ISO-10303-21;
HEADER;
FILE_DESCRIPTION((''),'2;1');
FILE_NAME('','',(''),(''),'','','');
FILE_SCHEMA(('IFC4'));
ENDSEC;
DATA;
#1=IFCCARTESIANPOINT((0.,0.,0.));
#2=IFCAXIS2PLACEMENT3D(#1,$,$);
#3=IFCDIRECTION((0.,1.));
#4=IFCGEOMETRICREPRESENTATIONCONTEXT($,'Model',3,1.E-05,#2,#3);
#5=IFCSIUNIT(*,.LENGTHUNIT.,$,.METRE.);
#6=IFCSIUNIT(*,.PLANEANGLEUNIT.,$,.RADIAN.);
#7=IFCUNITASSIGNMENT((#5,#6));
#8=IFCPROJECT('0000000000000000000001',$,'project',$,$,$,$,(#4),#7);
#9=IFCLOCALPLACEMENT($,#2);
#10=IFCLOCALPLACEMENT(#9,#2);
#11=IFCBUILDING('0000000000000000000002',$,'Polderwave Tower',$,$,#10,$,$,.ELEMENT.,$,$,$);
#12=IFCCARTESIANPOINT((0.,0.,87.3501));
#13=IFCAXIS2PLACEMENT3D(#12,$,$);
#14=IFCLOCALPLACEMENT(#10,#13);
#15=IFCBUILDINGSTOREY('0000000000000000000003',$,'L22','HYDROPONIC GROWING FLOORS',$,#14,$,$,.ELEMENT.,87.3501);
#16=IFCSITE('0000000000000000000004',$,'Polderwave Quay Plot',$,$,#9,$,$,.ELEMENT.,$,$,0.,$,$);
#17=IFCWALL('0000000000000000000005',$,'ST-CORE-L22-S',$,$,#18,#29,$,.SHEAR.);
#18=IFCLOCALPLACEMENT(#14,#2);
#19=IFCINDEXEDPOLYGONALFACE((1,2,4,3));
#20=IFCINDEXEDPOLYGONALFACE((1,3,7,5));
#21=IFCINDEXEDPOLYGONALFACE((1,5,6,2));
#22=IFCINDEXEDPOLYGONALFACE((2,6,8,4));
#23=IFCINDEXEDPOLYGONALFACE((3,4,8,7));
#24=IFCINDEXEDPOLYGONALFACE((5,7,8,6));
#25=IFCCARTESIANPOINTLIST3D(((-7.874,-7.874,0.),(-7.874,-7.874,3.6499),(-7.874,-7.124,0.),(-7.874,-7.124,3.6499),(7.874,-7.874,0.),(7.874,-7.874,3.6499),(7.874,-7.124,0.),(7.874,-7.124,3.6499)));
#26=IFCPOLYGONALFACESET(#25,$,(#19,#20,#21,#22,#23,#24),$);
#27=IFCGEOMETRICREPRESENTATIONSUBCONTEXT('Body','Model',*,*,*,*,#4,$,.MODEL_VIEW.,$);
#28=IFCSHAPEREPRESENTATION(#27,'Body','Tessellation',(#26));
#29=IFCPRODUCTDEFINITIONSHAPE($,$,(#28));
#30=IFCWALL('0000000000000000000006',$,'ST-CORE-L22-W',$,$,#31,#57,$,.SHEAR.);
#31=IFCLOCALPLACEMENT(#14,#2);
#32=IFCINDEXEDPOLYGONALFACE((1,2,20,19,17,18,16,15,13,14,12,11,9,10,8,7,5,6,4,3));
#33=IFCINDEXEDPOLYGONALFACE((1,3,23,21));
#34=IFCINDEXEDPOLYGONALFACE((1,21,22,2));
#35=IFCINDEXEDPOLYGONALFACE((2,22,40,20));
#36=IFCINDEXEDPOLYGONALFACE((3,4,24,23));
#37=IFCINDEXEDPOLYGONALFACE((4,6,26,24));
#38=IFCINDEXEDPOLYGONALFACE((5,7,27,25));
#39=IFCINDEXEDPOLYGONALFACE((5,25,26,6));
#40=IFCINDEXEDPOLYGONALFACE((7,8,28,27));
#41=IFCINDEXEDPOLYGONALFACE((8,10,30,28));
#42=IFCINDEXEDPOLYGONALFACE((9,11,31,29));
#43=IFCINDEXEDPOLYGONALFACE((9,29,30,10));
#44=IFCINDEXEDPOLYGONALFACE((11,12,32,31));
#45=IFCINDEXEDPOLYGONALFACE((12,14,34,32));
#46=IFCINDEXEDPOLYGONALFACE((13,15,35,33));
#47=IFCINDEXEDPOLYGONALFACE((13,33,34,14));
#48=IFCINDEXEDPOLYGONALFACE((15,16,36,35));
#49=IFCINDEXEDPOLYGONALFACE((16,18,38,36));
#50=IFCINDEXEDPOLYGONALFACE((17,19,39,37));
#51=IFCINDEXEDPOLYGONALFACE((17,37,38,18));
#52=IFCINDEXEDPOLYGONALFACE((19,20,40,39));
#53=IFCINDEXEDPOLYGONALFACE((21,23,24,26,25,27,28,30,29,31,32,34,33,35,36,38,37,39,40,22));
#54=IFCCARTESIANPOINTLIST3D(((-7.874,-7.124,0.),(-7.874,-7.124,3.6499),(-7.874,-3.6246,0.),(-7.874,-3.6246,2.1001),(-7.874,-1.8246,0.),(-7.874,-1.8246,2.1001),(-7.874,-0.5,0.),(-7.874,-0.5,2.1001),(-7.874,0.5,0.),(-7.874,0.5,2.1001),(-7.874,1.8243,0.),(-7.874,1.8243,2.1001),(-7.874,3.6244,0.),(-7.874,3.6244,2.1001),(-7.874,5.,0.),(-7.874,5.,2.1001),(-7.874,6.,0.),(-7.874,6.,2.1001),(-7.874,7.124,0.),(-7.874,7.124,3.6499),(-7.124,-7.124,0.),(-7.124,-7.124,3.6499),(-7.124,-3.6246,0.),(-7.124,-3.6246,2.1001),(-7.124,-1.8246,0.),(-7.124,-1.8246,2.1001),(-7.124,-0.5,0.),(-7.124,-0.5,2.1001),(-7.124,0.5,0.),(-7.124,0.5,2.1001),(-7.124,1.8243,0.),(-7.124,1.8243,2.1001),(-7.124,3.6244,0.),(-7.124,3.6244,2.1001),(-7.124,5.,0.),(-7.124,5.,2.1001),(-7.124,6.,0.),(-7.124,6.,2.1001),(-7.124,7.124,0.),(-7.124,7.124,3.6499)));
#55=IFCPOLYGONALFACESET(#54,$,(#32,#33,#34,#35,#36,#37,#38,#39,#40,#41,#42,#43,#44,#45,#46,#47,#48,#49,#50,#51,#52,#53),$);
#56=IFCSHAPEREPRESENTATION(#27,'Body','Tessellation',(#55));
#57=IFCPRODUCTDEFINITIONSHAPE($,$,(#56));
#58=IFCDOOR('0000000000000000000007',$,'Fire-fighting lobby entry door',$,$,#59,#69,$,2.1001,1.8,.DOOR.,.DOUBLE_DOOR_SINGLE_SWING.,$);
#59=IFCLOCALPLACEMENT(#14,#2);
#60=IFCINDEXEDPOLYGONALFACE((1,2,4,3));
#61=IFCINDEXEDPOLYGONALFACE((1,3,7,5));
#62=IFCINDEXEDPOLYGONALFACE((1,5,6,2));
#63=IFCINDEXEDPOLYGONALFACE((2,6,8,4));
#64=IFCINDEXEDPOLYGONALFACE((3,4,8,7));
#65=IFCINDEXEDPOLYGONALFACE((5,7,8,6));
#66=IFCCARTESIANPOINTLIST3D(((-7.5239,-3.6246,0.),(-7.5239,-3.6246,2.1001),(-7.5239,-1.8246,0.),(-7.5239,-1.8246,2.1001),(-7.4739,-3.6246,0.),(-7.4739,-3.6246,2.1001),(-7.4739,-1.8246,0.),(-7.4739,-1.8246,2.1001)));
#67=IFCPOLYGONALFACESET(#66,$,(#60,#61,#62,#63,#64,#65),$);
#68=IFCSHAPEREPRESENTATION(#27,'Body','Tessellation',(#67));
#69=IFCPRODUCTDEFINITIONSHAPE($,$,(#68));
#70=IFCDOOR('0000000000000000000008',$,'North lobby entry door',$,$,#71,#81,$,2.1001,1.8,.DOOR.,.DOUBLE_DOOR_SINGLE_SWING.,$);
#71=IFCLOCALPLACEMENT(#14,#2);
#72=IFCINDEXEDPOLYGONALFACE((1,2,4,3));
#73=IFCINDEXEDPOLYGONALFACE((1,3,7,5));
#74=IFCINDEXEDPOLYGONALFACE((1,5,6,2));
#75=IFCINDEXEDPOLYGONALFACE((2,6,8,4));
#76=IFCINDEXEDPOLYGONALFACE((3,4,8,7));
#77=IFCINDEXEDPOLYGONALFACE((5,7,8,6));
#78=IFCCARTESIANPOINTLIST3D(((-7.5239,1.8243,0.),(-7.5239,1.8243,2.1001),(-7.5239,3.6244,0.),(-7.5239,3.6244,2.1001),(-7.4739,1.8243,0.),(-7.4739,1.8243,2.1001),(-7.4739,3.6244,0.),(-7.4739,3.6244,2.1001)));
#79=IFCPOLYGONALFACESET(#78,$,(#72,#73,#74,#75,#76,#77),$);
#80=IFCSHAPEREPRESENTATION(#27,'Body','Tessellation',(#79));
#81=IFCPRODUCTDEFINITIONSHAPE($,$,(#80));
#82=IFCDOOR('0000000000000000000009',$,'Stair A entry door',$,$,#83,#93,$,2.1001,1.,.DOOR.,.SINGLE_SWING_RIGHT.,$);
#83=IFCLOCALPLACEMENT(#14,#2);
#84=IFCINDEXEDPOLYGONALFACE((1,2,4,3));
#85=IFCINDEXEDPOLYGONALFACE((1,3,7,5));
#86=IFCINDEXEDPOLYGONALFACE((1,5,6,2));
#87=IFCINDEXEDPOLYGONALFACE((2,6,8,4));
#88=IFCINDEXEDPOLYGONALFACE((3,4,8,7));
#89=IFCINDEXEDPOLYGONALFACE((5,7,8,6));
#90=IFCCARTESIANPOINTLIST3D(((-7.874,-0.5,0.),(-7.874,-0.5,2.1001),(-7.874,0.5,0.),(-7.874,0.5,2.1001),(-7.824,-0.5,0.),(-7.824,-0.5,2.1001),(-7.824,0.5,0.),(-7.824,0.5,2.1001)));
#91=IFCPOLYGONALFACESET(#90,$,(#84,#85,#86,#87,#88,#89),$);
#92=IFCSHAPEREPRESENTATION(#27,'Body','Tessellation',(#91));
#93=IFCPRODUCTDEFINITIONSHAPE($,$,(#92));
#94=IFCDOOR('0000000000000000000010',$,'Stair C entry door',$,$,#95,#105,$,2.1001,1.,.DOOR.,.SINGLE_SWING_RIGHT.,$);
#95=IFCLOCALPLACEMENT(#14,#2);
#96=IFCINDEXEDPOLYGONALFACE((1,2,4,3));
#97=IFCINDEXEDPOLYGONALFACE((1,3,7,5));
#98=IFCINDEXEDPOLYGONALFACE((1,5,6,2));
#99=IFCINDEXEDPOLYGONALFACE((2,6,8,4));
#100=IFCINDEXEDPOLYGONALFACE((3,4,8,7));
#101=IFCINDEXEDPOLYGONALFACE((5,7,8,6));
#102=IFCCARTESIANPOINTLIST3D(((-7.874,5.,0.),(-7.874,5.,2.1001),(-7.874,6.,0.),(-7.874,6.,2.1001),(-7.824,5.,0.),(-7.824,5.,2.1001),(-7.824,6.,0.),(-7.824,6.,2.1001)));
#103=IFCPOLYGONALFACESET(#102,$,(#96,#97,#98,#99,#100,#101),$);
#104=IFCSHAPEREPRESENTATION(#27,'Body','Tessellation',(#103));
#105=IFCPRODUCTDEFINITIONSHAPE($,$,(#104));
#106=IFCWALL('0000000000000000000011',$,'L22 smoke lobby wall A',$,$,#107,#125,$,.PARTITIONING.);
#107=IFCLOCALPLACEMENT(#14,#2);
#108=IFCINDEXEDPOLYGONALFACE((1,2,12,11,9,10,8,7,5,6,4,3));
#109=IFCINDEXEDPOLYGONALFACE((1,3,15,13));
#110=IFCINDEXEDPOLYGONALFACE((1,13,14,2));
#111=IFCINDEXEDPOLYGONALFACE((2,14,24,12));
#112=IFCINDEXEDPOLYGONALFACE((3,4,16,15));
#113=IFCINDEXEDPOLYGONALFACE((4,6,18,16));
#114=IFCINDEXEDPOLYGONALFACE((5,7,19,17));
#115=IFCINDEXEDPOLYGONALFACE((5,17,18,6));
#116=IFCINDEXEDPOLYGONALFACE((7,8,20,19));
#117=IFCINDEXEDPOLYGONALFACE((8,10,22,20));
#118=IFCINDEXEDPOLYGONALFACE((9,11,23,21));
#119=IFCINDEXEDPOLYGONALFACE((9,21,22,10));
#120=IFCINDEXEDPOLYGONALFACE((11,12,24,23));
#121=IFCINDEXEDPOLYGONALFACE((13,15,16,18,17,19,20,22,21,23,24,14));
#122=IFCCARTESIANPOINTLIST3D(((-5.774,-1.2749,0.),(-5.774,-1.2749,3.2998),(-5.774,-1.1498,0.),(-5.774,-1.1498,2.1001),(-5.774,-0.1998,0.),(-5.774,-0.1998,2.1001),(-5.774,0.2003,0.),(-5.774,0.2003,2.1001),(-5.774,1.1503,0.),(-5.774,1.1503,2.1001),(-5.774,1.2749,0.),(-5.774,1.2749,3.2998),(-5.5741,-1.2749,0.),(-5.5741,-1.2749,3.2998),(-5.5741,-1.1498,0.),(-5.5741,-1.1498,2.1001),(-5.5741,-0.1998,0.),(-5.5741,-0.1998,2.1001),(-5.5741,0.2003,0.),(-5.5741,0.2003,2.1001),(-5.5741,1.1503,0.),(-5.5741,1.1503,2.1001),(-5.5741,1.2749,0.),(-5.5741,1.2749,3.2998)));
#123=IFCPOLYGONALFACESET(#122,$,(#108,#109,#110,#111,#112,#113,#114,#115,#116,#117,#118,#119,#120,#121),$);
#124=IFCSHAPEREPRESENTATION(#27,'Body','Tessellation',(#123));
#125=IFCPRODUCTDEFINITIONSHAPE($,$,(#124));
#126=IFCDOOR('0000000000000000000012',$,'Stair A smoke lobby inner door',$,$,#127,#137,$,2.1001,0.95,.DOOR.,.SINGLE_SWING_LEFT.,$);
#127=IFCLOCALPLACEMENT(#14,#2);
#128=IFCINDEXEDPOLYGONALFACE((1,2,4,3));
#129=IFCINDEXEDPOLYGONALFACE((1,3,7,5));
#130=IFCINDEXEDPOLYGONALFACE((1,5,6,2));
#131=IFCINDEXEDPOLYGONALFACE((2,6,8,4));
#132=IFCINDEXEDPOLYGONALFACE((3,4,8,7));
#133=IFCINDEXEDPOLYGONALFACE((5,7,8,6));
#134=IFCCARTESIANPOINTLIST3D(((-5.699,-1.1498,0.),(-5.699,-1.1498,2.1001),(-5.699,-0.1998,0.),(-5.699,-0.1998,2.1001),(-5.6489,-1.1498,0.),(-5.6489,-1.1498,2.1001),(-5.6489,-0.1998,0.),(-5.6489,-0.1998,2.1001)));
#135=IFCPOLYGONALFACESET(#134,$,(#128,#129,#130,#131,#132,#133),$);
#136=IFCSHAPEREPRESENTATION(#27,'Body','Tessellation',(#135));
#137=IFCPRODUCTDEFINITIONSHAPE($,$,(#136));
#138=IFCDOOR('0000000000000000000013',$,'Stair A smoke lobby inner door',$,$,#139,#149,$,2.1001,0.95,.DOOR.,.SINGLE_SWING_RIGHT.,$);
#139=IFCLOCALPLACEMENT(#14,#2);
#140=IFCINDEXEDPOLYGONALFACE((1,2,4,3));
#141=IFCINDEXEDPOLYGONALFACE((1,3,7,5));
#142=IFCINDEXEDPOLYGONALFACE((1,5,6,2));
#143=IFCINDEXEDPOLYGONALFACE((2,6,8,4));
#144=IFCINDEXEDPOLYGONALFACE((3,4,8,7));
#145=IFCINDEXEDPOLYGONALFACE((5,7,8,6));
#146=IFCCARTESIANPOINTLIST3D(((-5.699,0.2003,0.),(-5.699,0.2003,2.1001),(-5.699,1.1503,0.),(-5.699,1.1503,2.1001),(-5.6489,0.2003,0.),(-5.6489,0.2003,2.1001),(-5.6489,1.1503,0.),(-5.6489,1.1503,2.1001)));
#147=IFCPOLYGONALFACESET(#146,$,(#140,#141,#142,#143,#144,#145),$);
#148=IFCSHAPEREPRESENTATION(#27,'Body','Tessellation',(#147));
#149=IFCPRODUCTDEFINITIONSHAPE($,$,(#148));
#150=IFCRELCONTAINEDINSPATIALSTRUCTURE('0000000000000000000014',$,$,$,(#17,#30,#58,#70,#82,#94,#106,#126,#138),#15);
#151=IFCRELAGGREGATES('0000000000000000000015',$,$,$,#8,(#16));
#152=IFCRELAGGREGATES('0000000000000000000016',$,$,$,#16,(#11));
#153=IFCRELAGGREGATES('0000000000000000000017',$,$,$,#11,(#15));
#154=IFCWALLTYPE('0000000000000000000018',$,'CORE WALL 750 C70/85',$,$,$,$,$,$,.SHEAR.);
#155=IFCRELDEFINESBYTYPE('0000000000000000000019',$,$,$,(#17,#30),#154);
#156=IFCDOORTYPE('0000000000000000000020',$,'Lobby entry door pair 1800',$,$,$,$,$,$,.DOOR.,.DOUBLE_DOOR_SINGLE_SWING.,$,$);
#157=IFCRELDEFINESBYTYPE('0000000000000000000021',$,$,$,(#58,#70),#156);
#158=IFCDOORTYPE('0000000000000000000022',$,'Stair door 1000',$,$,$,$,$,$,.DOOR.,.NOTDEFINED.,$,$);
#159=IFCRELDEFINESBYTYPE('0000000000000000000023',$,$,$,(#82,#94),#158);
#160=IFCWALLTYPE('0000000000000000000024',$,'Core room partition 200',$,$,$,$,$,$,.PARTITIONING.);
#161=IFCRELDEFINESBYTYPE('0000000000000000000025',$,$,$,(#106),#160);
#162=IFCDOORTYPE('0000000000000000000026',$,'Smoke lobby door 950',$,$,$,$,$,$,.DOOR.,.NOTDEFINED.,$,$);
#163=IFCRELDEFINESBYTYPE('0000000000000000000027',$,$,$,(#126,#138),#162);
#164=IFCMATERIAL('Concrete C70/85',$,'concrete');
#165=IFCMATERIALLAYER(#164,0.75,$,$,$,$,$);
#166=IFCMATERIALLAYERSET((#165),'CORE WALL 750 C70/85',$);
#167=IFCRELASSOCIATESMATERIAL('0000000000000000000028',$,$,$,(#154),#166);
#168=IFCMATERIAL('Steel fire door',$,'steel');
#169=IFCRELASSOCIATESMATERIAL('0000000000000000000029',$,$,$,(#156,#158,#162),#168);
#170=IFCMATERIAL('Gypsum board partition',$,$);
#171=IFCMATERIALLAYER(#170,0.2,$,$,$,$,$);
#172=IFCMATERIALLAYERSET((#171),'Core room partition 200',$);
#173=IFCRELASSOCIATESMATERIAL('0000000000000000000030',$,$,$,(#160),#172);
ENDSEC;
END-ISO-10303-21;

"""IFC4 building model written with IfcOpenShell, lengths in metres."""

from ifc_helpers import new_model, si_unit, direction, frame, frame_2d, origin, place, context, subcontext, project, spatial, rectangle, extrude, material, layer, layer_set, type_object, element, fill, save


model = new_model("IFC4")

# Units and contexts
model_context = context("Model", 3, precision=1e-05, world=origin(), true_north=direction((0.0, 1.0)))
body_context = subcontext(model_context, "Body", "Model", "MODEL_VIEW")
ifc_project = project(units=[si_unit("LENGTHUNIT", "METRE"), si_unit("PLANEANGLEUNIT", "RADIAN")], contexts=[model_context])

# Site, building, storey
site_placement = place(None, origin())
site = spatial("IfcSite", under=ifc_project, at=site_placement, Name="Polderwave Quay Plot", CompositionType="ELEMENT", RefElevation=0.0)
building_placement = place(site_placement, origin())
building = spatial("IfcBuilding", under=site, at=building_placement, Name="Polderwave Tower", CompositionType="ELEMENT")
storey_placement = place(building_placement, frame((0.0, 0.0, 87.3501)))
storey = spatial("IfcBuildingStorey", under=building, at=storey_placement, Name="L22", Description="HYDROPONIC GROWING FLOORS", CompositionType="ELEMENT", Elevation=87.3501)

# Wall
ifc_material_1 = material(Name="Concrete C70/85", Category="concrete")
ifc_layer_1 = layer(ifc_material_1, 0.75)
ifc_layer_set_1 = layer_set([ifc_layer_1], Name="CORE WALL 750 C70/85")
wall_type_1 = type_object("IfcWallType", Name="CORE WALL 750 C70/85", PredefinedType="SHEAR", material=ifc_layer_set_1)
wall_1_placement = place(storey_placement, frame((-7.874, -7.499, 0.0), z_axis=(0.0, 0.0, 1.0), x_axis=(1.0, 0.0, 0.0)))
element("IfcWall", 1, at=wall_1_placement, inside=storey, type_object=wall_type_1, Name="ST-CORE-L22-S", PredefinedType="SHEAR", context=body_context, shape_type="SweptSolid", body=[
    extrude(rectangle(XDim=15.748, YDim=0.75, at=frame_2d((7.874, 0.0))), origin(), (0.0, 0.0, 1.0), 3.6499),
])

# Walls, openings, doors
wall_2_placement = place(storey_placement, frame((-7.499, -7.124, 0.0), z_axis=(0.0, 0.0, 1.0), x_axis=(0.0, 1.0, 0.0)))
wall_2 = element("IfcWall", 2, at=wall_2_placement, inside=storey, type_object=wall_type_1, Name="ST-CORE-L22-W", PredefinedType="SHEAR", context=body_context, shape_type="SweptSolid", body=[
    extrude(rectangle(XDim=14.248, YDim=0.75, at=frame_2d((7.124, 0.0))), origin(), (0.0, 0.0, 1.0), 3.6499),
])
opening_1_placement = place(wall_2_placement, frame((6.624, 0.0, 0.0)))
opening_1 = element("IfcOpeningElement", 3, at=opening_1_placement, cuts=wall_2, PredefinedType="OPENING", context=body_context, shape_type="SweptSolid", body=[
    extrude(rectangle(XDim=1.0, YDim=2.1001, at=frame_2d((0.5, 1.05))), frame((0.0, 0.385, 0.0), z_axis=(0.0, -1.0, 0.0), x_axis=(1.0, 0.0, 0.0)), (0.0, 0.0, 1.0), 0.77),
])
opening_2_placement = place(wall_2_placement, frame((3.4995, 0.0, 0.0)))
opening_2 = element("IfcOpeningElement", 4, at=opening_2_placement, cuts=wall_2, PredefinedType="OPENING", context=body_context, shape_type="SweptSolid", body=[
    extrude(rectangle(XDim=1.8, YDim=2.1001, at=frame_2d((0.8999, 1.05))), frame((0.0, 0.385, 0.0), z_axis=(0.0, -1.0, 0.0), x_axis=(1.0, 0.0, 0.0)), (0.0, 0.0, 1.0), 0.77),
])
opening_3_placement = place(wall_2_placement, frame((8.9485, 0.0, 0.0)))
opening_3 = element("IfcOpeningElement", 5, at=opening_3_placement, cuts=wall_2, PredefinedType="OPENING", context=body_context, shape_type="SweptSolid", body=[
    extrude(rectangle(XDim=1.8, YDim=2.1001, at=frame_2d((0.8999, 1.05))), frame((0.0, 0.385, 0.0), z_axis=(0.0, -1.0, 0.0), x_axis=(1.0, 0.0, 0.0)), (0.0, 0.0, 1.0), 0.77),
])
opening_4_placement = place(wall_2_placement, frame((12.124, 0.0, 0.0)))
opening_4 = element("IfcOpeningElement", 6, at=opening_4_placement, cuts=wall_2, PredefinedType="OPENING", context=body_context, shape_type="SweptSolid", body=[
    extrude(rectangle(XDim=1.0, YDim=2.1001, at=frame_2d((0.5, 1.05))), frame((0.0, 0.385, 0.0), z_axis=(0.0, -1.0, 0.0), x_axis=(1.0, 0.0, 0.0)), (0.0, 0.0, 1.0), 0.77),
])
ifc_material_2 = material(Name="Steel fire door", Category="steel")
door_type_1 = type_object("IfcDoorType", Name="Lobby entry door pair 1800", OperationType="DOUBLE_DOOR_SINGLE_SWING", PredefinedType="DOOR", material=ifc_material_2)
door_1_placement = place(opening_2_placement, origin())
door_1 = element("IfcDoor", 7, at=door_1_placement, inside=storey, type_object=door_type_1, Name="Fire-fighting lobby entry door", OperationType="DOUBLE_DOOR_SINGLE_SWING", OverallHeight=2.1001, OverallWidth=1.8, PredefinedType="DOOR", context=body_context, shape_type="SweptSolid", body=[
    extrude(rectangle(XDim=1.8, YDim=2.1001, at=frame_2d((0.8999, 1.05))), frame((0.0, 0.0249, 0.0), z_axis=(0.0, -1.0, 0.0), x_axis=(1.0, 0.0, 0.0)), (0.0, 0.0, 1.0), 0.05),
])
fill(opening_2, door_1)
door_2_placement = place(opening_3_placement, origin())
door_2 = element("IfcDoor", 8, at=door_2_placement, inside=storey, type_object=door_type_1, Name="North lobby entry door", OperationType="DOUBLE_DOOR_SINGLE_SWING", OverallHeight=2.1001, OverallWidth=1.8, PredefinedType="DOOR", context=body_context, shape_type="SweptSolid", body=[
    extrude(rectangle(XDim=1.8, YDim=2.1001, at=frame_2d((0.8999, 1.05))), frame((0.0, 0.0249, 0.0), z_axis=(0.0, -1.0, 0.0), x_axis=(1.0, 0.0, 0.0)), (0.0, 0.0, 1.0), 0.05),
])
fill(opening_3, door_2)
door_type_2 = type_object("IfcDoorType", Name="Stair door 1000", OperationType="NOTDEFINED", PredefinedType="DOOR", material=ifc_material_2)
door_3_placement = place(opening_1_placement, origin())
door_3 = element("IfcDoor", 9, at=door_3_placement, inside=storey, type_object=door_type_2, Name="Stair A entry door", OperationType="SINGLE_SWING_RIGHT", OverallHeight=2.1001, OverallWidth=1.0, PredefinedType="DOOR", context=body_context, shape_type="SweptSolid", body=[
    extrude(rectangle(XDim=1.0, YDim=2.1001, at=frame_2d((0.5, 1.05))), frame((0.0, 0.375, 0.0), z_axis=(0.0, -1.0, 0.0), x_axis=(1.0, 0.0, 0.0)), (0.0, 0.0, 1.0), 0.05),
])
fill(opening_1, door_3)
door_4_placement = place(opening_4_placement, origin())
door_4 = element("IfcDoor", 10, at=door_4_placement, inside=storey, type_object=door_type_2, Name="Stair C entry door", OperationType="SINGLE_SWING_RIGHT", OverallHeight=2.1001, OverallWidth=1.0, PredefinedType="DOOR", context=body_context, shape_type="SweptSolid", body=[
    extrude(rectangle(XDim=1.0, YDim=2.1001, at=frame_2d((0.5, 1.05))), frame((0.0, 0.375, 0.0), z_axis=(0.0, -1.0, 0.0), x_axis=(1.0, 0.0, 0.0)), (0.0, 0.0, 1.0), 0.05),
])
fill(opening_4, door_4)
ifc_material_3 = material(Name="Gypsum board partition")
ifc_layer_2 = layer(ifc_material_3, 0.2)
ifc_layer_set_2 = layer_set([ifc_layer_2], Name="Core room partition 200")
wall_type_2 = type_object("IfcWallType", Name="Core room partition 200", PredefinedType="PARTITIONING", material=ifc_layer_set_2)
wall_3_placement = place(storey_placement, frame((-5.6741, -1.2749, 0.0), z_axis=(0.0, 0.0, 1.0), x_axis=(0.0, 1.0, 0.0)))
wall_3 = element("IfcWall", 11, at=wall_3_placement, inside=storey, type_object=wall_type_2, Name="L22 smoke lobby wall A", PredefinedType="PARTITIONING", context=body_context, shape_type="SweptSolid", body=[
    extrude(rectangle(XDim=2.5498, YDim=0.2, at=frame_2d((1.2749, 0.0))), origin(), (0.0, 0.0, 1.0), 3.2998),
])
opening_5_placement = place(wall_3_placement, frame((0.125, 0.0, 0.0)))
opening_5 = element("IfcOpeningElement", 12, at=opening_5_placement, cuts=wall_3, PredefinedType="OPENING", context=body_context, shape_type="SweptSolid", body=[
    extrude(rectangle(XDim=0.95, YDim=2.1001, at=frame_2d((0.4751, 1.05))), frame((0.0, 0.1099, 0.0), z_axis=(0.0, -1.0, 0.0), x_axis=(1.0, 0.0, 0.0)), (0.0, 0.0, 1.0), 0.22),
])
opening_6_placement = place(wall_3_placement, frame((1.4751, 0.0, 0.0)))
opening_6 = element("IfcOpeningElement", 13, at=opening_6_placement, cuts=wall_3, PredefinedType="OPENING", context=body_context, shape_type="SweptSolid", body=[
    extrude(rectangle(XDim=0.95, YDim=2.1001, at=frame_2d((0.4751, 1.05))), frame((0.0, 0.1099, 0.0), z_axis=(0.0, -1.0, 0.0), x_axis=(1.0, 0.0, 0.0)), (0.0, 0.0, 1.0), 0.22),
])
door_type_3 = type_object("IfcDoorType", Name="Smoke lobby door 950", OperationType="NOTDEFINED", PredefinedType="DOOR", material=ifc_material_2)
door_5_placement = place(opening_5_placement, origin())
door_5 = element("IfcDoor", 14, at=door_5_placement, inside=storey, type_object=door_type_3, Name="Stair A smoke lobby inner door", OperationType="SINGLE_SWING_LEFT", OverallHeight=2.1001, OverallWidth=0.95, PredefinedType="DOOR", context=body_context, shape_type="SweptSolid", body=[
    extrude(rectangle(XDim=0.95, YDim=2.1001, at=frame_2d((0.4751, 1.05))), frame((0.0, 0.0249, 0.0), z_axis=(0.0, -1.0, 0.0), x_axis=(1.0, 0.0, 0.0)), (0.0, 0.0, 1.0), 0.05),
])
fill(opening_5, door_5)
door_6_placement = place(opening_6_placement, origin())
door_6 = element("IfcDoor", 15, at=door_6_placement, inside=storey, type_object=door_type_3, Name="Stair A smoke lobby inner door", OperationType="SINGLE_SWING_RIGHT", OverallHeight=2.1001, OverallWidth=0.95, PredefinedType="DOOR", context=body_context, shape_type="SweptSolid", body=[
    extrude(rectangle(XDim=0.95, YDim=2.1001, at=frame_2d((0.4751, 1.05))), frame((0.0, 0.0249, 0.0), z_axis=(0.0, -1.0, 0.0), x_axis=(1.0, 0.0, 0.0)), (0.0, 0.0, 1.0), 0.05),
])
fill(opening_6, door_6)

save(model, "model.ifc")
